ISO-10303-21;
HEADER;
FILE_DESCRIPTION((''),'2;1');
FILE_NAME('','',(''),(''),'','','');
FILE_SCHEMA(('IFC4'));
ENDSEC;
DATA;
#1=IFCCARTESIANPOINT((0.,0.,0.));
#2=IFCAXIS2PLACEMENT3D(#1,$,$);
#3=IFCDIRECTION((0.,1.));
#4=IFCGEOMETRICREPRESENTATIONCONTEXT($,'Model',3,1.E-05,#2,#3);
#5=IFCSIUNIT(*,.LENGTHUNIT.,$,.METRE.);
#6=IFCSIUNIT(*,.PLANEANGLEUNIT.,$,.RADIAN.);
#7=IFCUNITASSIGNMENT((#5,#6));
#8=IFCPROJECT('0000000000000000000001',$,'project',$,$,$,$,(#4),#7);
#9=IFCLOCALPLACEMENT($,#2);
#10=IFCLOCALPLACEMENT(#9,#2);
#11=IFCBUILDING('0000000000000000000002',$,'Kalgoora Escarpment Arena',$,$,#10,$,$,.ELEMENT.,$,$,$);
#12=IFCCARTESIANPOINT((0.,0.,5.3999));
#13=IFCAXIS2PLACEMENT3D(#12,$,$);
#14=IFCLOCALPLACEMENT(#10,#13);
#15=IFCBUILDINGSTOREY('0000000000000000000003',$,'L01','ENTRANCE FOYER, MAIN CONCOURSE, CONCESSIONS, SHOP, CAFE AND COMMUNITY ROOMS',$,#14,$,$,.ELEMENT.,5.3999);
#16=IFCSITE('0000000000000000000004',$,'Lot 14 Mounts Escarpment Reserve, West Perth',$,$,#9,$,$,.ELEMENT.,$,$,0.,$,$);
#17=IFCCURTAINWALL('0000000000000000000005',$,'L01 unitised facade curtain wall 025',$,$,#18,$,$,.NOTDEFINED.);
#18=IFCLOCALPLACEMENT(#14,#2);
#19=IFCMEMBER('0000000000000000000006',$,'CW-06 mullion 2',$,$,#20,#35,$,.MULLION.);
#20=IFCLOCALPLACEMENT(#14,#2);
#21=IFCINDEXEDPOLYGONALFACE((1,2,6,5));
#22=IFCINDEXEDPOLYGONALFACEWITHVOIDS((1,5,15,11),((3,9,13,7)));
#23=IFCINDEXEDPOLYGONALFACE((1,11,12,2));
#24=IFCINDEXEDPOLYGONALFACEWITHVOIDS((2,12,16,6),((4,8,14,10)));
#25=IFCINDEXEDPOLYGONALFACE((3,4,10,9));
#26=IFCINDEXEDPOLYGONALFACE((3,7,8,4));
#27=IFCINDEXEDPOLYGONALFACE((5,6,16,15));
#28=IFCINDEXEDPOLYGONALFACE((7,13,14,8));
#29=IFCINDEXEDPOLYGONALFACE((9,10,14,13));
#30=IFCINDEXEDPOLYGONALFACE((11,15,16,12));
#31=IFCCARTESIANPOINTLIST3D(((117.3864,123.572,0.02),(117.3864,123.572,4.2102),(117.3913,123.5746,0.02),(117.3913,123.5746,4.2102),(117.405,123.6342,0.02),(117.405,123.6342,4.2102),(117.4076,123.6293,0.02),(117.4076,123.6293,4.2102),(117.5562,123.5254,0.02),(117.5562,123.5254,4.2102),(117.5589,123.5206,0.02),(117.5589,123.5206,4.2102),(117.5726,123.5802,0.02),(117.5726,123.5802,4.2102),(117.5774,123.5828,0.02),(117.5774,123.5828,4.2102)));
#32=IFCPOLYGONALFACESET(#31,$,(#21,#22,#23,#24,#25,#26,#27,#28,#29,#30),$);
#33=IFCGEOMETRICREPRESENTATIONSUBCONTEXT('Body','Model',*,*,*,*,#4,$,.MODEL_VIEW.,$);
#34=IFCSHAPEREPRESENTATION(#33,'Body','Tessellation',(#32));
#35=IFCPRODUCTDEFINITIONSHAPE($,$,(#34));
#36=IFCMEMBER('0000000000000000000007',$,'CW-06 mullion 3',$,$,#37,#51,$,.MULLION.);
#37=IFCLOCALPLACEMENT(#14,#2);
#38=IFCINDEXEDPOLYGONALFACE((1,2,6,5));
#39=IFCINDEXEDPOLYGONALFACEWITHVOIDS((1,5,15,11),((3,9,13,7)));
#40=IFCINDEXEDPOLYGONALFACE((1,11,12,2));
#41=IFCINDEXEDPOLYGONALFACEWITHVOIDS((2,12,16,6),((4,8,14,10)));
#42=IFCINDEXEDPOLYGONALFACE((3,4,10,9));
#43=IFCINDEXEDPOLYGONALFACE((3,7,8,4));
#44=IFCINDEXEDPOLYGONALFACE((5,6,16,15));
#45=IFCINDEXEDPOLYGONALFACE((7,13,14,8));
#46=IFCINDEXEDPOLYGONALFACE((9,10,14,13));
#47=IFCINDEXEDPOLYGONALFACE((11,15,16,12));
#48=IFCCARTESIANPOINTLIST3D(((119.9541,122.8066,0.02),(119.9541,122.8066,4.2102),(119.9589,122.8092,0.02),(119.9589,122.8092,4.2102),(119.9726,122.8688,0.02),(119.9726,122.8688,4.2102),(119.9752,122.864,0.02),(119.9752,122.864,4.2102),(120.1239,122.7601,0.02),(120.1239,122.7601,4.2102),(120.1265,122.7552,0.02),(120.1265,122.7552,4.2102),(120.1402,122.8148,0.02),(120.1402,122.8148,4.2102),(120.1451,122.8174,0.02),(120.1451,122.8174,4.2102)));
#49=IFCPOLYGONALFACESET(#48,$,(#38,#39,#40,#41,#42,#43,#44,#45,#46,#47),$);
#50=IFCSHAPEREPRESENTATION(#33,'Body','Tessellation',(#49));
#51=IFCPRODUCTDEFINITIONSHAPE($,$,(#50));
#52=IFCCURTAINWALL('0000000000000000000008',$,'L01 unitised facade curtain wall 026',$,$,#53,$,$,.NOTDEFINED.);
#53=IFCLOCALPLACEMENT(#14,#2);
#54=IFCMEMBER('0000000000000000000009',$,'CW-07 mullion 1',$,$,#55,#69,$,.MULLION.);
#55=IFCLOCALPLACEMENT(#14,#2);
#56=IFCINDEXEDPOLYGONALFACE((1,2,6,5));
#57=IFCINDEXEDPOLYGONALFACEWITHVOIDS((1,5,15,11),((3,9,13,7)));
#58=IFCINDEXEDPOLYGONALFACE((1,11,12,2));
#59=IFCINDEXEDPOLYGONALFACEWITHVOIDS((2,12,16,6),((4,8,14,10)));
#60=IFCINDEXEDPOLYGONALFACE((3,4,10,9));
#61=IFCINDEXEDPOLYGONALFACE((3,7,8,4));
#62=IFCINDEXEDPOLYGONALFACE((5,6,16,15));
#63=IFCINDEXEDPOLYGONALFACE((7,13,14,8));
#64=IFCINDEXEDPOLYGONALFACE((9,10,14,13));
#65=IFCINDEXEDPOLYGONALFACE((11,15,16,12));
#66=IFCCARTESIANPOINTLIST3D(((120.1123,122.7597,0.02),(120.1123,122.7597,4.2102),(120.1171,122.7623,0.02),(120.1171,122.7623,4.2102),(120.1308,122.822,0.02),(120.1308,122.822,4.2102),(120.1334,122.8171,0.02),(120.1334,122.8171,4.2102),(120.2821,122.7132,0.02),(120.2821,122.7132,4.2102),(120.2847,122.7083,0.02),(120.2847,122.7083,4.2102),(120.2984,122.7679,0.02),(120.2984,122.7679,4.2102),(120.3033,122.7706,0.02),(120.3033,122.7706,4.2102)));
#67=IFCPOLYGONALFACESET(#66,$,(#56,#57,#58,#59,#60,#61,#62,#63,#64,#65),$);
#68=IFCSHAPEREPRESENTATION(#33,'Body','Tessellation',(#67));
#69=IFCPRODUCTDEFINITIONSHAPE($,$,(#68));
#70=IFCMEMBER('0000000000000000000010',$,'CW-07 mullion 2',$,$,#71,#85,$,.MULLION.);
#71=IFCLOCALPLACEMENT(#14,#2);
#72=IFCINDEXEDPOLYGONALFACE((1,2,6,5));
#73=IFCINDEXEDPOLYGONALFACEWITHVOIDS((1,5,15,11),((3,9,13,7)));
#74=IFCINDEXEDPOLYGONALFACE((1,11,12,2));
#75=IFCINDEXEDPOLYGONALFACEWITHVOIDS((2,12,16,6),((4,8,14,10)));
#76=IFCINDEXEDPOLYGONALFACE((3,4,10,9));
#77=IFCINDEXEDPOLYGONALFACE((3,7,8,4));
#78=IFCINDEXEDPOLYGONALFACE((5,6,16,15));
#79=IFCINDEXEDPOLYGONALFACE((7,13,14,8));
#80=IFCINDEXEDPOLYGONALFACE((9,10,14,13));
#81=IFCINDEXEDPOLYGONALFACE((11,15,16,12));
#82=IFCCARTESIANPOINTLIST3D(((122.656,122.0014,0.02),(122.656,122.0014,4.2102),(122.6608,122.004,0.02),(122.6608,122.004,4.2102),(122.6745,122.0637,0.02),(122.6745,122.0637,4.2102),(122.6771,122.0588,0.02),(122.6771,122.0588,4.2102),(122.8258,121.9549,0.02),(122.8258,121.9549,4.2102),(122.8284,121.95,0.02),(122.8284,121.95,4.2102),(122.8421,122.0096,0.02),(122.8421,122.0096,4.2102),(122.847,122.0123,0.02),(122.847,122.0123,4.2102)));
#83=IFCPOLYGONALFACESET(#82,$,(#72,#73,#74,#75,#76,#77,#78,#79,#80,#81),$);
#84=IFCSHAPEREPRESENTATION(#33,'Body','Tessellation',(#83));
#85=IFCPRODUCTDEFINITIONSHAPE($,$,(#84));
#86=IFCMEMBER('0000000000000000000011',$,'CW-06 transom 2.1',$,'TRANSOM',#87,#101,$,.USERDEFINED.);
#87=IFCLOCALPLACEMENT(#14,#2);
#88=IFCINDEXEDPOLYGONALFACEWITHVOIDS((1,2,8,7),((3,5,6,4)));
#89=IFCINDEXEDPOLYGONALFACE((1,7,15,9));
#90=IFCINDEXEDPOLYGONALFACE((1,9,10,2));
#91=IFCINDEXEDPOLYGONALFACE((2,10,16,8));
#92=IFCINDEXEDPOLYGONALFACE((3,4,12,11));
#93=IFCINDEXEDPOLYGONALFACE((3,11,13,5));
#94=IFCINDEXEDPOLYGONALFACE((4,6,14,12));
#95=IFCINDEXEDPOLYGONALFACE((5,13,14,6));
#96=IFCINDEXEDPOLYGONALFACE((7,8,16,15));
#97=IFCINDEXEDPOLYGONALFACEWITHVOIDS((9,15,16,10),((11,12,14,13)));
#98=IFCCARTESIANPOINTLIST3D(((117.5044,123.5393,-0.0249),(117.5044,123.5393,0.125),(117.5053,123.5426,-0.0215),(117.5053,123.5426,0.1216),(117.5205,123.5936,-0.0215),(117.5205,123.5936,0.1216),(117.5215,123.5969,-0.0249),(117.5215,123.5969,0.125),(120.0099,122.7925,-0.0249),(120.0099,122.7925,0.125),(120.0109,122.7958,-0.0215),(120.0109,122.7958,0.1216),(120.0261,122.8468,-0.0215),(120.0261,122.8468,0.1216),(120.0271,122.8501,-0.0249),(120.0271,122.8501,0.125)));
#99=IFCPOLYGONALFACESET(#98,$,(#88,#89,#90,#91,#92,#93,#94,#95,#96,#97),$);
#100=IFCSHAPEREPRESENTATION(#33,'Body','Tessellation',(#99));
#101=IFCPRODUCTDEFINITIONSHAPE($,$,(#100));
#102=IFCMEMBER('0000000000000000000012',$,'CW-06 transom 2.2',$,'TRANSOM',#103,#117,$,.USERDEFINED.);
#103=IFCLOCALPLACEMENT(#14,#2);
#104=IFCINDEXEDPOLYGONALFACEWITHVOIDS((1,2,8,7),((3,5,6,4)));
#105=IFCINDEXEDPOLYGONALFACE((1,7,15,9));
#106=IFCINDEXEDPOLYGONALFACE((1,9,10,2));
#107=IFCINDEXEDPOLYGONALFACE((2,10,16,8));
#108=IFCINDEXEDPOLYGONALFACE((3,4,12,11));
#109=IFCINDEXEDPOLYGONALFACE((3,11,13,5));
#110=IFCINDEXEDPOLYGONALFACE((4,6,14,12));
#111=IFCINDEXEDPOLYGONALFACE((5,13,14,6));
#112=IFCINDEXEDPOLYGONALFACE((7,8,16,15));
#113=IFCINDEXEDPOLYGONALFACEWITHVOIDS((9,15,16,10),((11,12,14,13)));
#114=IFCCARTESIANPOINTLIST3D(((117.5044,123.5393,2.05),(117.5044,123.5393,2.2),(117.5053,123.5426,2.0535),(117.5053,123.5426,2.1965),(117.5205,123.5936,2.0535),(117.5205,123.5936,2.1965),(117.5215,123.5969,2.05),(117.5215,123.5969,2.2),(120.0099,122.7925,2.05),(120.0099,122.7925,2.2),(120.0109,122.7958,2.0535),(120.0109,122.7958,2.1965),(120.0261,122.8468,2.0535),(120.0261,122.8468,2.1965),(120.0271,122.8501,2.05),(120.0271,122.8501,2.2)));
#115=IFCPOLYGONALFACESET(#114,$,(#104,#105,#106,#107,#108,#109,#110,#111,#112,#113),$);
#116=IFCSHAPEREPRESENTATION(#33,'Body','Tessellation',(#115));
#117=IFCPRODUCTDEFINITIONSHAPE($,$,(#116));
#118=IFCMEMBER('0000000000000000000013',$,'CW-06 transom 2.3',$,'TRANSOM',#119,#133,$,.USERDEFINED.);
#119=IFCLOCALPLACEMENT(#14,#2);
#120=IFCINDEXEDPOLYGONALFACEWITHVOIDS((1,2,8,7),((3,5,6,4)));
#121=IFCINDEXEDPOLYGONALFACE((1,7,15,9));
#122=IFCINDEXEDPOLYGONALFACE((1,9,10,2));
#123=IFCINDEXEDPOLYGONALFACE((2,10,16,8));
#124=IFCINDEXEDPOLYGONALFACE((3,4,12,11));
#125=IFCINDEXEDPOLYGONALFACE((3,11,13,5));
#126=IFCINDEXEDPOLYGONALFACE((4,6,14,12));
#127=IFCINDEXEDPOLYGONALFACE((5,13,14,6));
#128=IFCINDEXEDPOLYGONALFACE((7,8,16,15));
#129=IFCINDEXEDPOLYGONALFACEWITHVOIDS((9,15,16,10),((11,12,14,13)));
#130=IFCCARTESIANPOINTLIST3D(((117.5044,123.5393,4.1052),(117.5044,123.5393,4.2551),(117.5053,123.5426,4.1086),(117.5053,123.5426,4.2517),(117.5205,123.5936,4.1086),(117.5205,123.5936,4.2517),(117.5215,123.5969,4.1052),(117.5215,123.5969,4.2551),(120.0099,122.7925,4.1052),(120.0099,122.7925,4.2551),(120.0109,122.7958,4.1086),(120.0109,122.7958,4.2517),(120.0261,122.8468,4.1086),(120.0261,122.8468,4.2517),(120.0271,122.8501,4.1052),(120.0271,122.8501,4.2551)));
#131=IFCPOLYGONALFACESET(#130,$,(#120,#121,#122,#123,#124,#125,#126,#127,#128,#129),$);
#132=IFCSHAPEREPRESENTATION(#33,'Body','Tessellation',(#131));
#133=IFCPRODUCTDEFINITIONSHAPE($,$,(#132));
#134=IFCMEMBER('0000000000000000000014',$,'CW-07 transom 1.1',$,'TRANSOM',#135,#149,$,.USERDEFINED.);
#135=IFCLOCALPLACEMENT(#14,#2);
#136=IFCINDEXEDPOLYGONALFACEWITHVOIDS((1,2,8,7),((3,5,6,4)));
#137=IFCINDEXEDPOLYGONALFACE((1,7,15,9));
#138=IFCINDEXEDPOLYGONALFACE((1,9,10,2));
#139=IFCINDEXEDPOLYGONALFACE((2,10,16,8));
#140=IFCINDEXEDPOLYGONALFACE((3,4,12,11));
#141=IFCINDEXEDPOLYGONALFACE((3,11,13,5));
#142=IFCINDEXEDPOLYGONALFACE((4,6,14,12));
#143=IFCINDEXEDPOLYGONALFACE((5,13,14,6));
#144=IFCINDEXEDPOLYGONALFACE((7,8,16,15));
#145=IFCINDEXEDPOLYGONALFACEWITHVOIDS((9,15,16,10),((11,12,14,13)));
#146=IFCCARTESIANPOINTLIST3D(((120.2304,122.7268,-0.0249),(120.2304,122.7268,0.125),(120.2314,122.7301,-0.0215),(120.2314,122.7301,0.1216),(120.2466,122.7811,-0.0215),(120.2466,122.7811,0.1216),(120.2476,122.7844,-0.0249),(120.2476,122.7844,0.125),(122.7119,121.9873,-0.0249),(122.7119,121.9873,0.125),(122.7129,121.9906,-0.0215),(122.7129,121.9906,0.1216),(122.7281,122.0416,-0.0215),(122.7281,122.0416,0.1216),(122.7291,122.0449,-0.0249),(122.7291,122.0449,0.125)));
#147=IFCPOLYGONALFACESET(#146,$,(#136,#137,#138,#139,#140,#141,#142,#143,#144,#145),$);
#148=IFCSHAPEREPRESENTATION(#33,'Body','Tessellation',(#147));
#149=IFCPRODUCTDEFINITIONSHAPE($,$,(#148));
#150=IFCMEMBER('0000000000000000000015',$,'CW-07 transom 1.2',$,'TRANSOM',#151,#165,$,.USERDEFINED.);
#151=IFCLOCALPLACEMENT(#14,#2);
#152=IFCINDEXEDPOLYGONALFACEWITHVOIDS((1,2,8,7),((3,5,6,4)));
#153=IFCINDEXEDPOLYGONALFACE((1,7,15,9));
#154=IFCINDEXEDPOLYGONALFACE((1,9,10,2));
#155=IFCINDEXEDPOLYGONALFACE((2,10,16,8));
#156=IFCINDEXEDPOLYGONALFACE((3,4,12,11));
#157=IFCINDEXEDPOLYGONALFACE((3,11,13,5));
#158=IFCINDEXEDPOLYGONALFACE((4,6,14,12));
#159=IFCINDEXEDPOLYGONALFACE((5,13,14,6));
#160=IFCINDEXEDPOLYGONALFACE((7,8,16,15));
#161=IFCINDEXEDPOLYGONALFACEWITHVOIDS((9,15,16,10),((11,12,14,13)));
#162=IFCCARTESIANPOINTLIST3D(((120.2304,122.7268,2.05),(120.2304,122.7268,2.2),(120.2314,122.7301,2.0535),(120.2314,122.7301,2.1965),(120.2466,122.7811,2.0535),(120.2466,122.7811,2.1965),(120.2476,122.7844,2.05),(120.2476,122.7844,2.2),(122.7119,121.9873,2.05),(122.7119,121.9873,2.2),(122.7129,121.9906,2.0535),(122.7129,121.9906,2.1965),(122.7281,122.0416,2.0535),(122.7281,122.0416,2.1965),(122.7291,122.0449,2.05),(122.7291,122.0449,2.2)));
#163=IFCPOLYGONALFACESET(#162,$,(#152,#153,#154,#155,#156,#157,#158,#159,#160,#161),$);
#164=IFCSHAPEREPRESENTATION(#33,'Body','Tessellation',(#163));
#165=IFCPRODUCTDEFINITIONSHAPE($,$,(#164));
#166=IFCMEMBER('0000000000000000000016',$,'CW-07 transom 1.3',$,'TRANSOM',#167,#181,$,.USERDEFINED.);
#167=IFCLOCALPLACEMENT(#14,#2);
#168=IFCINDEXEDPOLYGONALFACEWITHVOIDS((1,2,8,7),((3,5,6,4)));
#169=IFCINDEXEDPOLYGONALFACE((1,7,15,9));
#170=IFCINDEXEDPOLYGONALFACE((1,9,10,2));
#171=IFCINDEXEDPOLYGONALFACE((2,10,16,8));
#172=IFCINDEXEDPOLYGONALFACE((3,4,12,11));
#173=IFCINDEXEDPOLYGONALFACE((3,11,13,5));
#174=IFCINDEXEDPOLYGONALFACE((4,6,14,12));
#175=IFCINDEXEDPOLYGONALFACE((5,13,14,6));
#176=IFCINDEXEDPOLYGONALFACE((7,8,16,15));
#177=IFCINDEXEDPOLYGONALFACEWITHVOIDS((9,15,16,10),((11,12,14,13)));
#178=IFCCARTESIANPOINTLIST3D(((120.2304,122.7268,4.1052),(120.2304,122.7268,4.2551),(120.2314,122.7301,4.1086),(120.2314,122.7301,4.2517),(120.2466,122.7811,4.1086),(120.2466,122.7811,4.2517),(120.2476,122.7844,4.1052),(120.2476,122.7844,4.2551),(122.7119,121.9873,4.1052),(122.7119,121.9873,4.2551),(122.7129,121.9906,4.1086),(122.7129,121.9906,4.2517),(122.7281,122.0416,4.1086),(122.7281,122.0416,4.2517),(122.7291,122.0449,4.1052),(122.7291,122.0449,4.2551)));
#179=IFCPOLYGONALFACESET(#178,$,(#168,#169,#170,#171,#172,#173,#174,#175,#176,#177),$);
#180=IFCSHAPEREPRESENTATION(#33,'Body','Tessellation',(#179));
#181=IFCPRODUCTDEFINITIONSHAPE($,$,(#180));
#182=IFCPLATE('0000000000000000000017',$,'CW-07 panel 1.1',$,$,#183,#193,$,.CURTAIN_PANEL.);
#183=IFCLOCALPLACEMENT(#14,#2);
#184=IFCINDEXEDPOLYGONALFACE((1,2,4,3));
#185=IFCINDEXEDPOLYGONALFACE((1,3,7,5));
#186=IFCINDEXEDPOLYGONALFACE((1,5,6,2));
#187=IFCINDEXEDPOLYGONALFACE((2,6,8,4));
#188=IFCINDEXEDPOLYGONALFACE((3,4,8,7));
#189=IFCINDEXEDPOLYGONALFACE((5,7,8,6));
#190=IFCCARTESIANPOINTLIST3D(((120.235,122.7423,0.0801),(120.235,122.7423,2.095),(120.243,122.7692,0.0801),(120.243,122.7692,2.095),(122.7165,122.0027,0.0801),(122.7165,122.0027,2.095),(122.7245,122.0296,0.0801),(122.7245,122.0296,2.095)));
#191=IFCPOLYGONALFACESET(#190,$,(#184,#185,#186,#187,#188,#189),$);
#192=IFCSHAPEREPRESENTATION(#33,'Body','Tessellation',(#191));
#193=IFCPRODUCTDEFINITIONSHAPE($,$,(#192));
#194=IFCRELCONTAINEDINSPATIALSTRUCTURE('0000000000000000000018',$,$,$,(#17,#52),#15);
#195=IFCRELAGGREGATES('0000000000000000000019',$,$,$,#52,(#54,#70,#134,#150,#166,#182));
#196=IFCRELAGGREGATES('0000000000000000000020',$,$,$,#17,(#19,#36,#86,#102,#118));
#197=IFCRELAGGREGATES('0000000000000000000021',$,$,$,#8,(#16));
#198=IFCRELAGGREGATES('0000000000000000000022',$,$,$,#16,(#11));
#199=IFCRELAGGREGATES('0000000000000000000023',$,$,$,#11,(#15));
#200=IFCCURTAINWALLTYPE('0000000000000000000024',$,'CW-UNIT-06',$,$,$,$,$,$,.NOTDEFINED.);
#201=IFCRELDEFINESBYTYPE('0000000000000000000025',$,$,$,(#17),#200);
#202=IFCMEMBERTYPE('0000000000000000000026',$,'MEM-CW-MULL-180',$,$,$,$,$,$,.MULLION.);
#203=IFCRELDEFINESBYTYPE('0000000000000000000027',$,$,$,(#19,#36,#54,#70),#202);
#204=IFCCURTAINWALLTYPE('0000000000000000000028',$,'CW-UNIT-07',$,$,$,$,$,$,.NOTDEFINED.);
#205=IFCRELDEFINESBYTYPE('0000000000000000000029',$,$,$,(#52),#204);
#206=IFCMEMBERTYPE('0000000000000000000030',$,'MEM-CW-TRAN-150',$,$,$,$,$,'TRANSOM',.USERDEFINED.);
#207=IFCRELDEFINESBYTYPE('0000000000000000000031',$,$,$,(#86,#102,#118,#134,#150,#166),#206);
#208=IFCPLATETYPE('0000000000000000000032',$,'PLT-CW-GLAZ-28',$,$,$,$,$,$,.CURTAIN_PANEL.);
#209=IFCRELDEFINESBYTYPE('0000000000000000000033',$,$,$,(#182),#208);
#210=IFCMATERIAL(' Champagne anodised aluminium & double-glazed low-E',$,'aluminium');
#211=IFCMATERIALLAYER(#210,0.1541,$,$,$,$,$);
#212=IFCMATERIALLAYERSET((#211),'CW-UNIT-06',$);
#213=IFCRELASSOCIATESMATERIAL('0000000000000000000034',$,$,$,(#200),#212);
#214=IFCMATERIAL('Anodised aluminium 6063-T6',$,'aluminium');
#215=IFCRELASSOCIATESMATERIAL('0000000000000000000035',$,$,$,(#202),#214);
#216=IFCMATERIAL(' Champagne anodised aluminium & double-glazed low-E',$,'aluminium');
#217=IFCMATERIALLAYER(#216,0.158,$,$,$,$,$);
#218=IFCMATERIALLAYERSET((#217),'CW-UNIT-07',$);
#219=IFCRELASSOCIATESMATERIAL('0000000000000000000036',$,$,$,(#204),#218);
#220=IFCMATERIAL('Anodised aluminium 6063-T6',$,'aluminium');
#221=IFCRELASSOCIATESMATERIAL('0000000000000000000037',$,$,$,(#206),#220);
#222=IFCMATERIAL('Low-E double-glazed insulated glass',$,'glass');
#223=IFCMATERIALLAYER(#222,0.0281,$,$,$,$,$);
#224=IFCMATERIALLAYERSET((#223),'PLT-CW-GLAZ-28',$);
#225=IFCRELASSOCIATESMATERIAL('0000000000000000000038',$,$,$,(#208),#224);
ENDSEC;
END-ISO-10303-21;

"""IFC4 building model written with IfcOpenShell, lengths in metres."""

from ifc_helpers import new_model, si_unit, direction, frame, origin, origin_2d, place, context, subcontext, project, spatial, rectangle, hollow_rectangle, extrude, material, layer, layer_set, material_profile, profile_set, type_object, element, aggregate, save


model = new_model("IFC4")

# Units and contexts
model_context = context("Model", 3, precision=1e-05, world=origin(), true_north=direction((0.0, 1.0)))
body_context = subcontext(model_context, "Body", "Model", "MODEL_VIEW")
ifc_project = project(units=[si_unit("LENGTHUNIT", "METRE"), si_unit("PLANEANGLEUNIT", "RADIAN")], contexts=[model_context])

# Site, building, storey
site_placement = place(None, origin())
site = spatial("IfcSite", under=ifc_project, at=site_placement, Name="Lot 14 Mounts Escarpment Reserve, West Perth", CompositionType="ELEMENT", RefElevation=0.0)
building_placement = place(site_placement, origin())
building = spatial("IfcBuilding", under=site, at=building_placement, Name="Kalgoora Escarpment Arena", CompositionType="ELEMENT")
storey_placement = place(building_placement, frame((0.0, 0.0, 5.3999)))
storey = spatial("IfcBuildingStorey", under=building, at=storey_placement, Name="L01", Description="ENTRANCE FOYER, MAIN CONCOURSE, CONCESSIONS, SHOP, CAFE AND COMMUNITY ROOMS", CompositionType="ELEMENT", Elevation=5.3999)

# Curtain walls, members
ifc_material_1 = material(Name=" Champagne anodised aluminium & double-glazed low-E", Category="aluminium")
ifc_layer_1 = layer(ifc_material_1, 0.1541)
ifc_layer_set_1 = layer_set([ifc_layer_1], Name="CW-UNIT-06")
curtain_wall_type_1 = type_object("IfcCurtainWallType", Name="CW-UNIT-06", PredefinedType="NOTDEFINED", material=ifc_layer_set_1)
curtain_wall_1_placement = place(storey_placement, origin())
curtain_wall_1 = element("IfcCurtainWall", 1, at=curtain_wall_1_placement, inside=storey, type_object=curtain_wall_type_1, Name="L01 unitised facade curtain wall 025", PredefinedType="NOTDEFINED")
ifc_material_2 = material(Name="Anodised aluminium 6063-T6", Category="aluminium")
ifc_material_profile_1 = material_profile(ifc_material_2, hollow_rectangle(XDim=0.0649, YDim=0.1799, WallThickness=0.0039, at=origin_2d()))
ifc_profile_set_1 = profile_set([ifc_material_profile_1], Name="Anodised aluminium 6063-T6")
member_type_1 = type_object("IfcMemberType", Name="MEM-CW-MULL-180", PredefinedType="MULLION", material=ifc_profile_set_1)
member_1_placement = place(storey_placement, frame((117.4819, 123.5774, 0.02), z_axis=(0.0, 0.0, 1.0), x_axis=(0.285632, 0.958339, 0.0)))
member_1 = element("IfcMember", 2, at=member_1_placement, type_object=member_type_1, Name="CW-06 mullion 2", PredefinedType="MULLION", context=body_context, shape_type="SweptSolid", body=[
    extrude(hollow_rectangle(XDim=0.0649, YDim=0.1799, WallThickness=0.0039, at=origin_2d()), origin(), (0.0, 0.0, 1.0), 4.1902),
])
member_2_placement = place(storey_placement, frame((120.0496, 122.812, 0.02), z_axis=(0.0, 0.0, 1.0), x_axis=(0.285632, 0.958339, 0.0)))
member_2 = element("IfcMember", 3, at=member_2_placement, type_object=member_type_1, Name="CW-06 mullion 3", PredefinedType="MULLION", context=body_context, shape_type="SweptSolid", body=[
    extrude(hollow_rectangle(XDim=0.0649, YDim=0.1799, WallThickness=0.0039, at=origin_2d()), origin(), (0.0, 0.0, 1.0), 4.1902),
])
ifc_material_3 = material(Name=" Champagne anodised aluminium & double-glazed low-E", Category="aluminium")
ifc_layer_2 = layer(ifc_material_3, 0.158)
ifc_layer_set_2 = layer_set([ifc_layer_2], Name="CW-UNIT-07")
curtain_wall_type_2 = type_object("IfcCurtainWallType", Name="CW-UNIT-07", PredefinedType="NOTDEFINED", material=ifc_layer_set_2)
curtain_wall_2_placement = place(storey_placement, origin())
curtain_wall_2 = element("IfcCurtainWall", 4, at=curtain_wall_2_placement, inside=storey, type_object=curtain_wall_type_2, Name="L01 unitised facade curtain wall 026", PredefinedType="NOTDEFINED")
member_3_placement = place(storey_placement, frame((120.2078, 122.7651, 0.02), z_axis=(0.0, 0.0, 1.0), x_axis=(0.285628, 0.95834, 0.0)))
member_3 = element("IfcMember", 5, at=member_3_placement, type_object=member_type_1, Name="CW-07 mullion 1", PredefinedType="MULLION", context=body_context, shape_type="SweptSolid", body=[
    extrude(hollow_rectangle(XDim=0.0649, YDim=0.1799, WallThickness=0.0039, at=origin_2d()), origin(), (0.0, 0.0, 1.0), 4.1902),
])
member_4_placement = place(storey_placement, frame((122.7515, 122.0068, 0.02), z_axis=(0.0, 0.0, 1.0), x_axis=(0.285628, 0.95834, 0.0)))
member_4 = element("IfcMember", 6, at=member_4_placement, type_object=member_type_1, Name="CW-07 mullion 2", PredefinedType="MULLION", context=body_context, shape_type="SweptSolid", body=[
    extrude(hollow_rectangle(XDim=0.0649, YDim=0.1799, WallThickness=0.0039, at=origin_2d()), origin(), (0.0, 0.0, 1.0), 4.1902),
])

# Members
ifc_material_4 = material(Name="Anodised aluminium 6063-T6", Category="aluminium")
ifc_material_profile_2 = material_profile(ifc_material_4, hollow_rectangle(XDim=0.0601, YDim=0.1499, WallThickness=0.0034, at=origin_2d()))
ifc_profile_set_2 = profile_set([ifc_material_profile_2], Name="Anodised aluminium 6063-T6")
member_type_2 = type_object("IfcMemberType", Name="MEM-CW-TRAN-150", ElementType="TRANSOM", PredefinedType="USERDEFINED", material=ifc_profile_set_2)
member_5_placement = place(storey_placement, frame((117.5129, 123.5681, 0.05), z_axis=(0.958336, -0.285643, 0.0), x_axis=(0.285643, 0.958336, 0.0)))
member_5 = element("IfcMember", 7, at=member_5_placement, type_object=member_type_2, Name="CW-06 transom 2.1", ObjectType="TRANSOM", PredefinedType="USERDEFINED", context=body_context, shape_type="SweptSolid", body=[
    extrude(hollow_rectangle(XDim=0.0601, YDim=0.1499, WallThickness=0.0034, at=origin_2d()), origin(), (0.0, 0.0, 1.0), 2.6145),
])
member_6_placement = place(storey_placement, frame((117.5129, 123.5681, 2.125), z_axis=(0.958336, -0.285643, 0.0), x_axis=(0.285643, 0.958336, 0.0)))
member_6 = element("IfcMember", 8, at=member_6_placement, type_object=member_type_2, Name="CW-06 transom 2.2", ObjectType="TRANSOM", PredefinedType="USERDEFINED", context=body_context, shape_type="SweptSolid", body=[
    extrude(hollow_rectangle(XDim=0.0601, YDim=0.1499, WallThickness=0.0034, at=origin_2d()), origin(), (0.0, 0.0, 1.0), 2.6145),
])
member_7_placement = place(storey_placement, frame((117.5129, 123.5681, 4.1802), z_axis=(0.958336, -0.285643, 0.0), x_axis=(0.285643, 0.958336, 0.0)))
member_7 = element("IfcMember", 9, at=member_7_placement, type_object=member_type_2, Name="CW-06 transom 2.3", ObjectType="TRANSOM", PredefinedType="USERDEFINED", context=body_context, shape_type="SweptSolid", body=[
    extrude(hollow_rectangle(XDim=0.0601, YDim=0.1499, WallThickness=0.0034, at=origin_2d()), origin(), (0.0, 0.0, 1.0), 2.6145),
])
member_8_placement = place(storey_placement, frame((120.239, 122.7556, 0.05), z_axis=(0.958349, -0.2856, 0.0), x_axis=(0.2856, 0.958349, 0.0)))
member_8 = element("IfcMember", 10, at=member_8_placement, type_object=member_type_2, Name="CW-07 transom 1.1", ObjectType="TRANSOM", PredefinedType="USERDEFINED", context=body_context, shape_type="SweptSolid", body=[
    extrude(hollow_rectangle(XDim=0.0601, YDim=0.1499, WallThickness=0.0034, at=origin_2d()), origin(), (0.0, 0.0, 1.0), 2.5894),
])
member_9_placement = place(storey_placement, frame((120.239, 122.7556, 2.125), z_axis=(0.958349, -0.2856, 0.0), x_axis=(0.2856, 0.958349, 0.0)))
member_9 = element("IfcMember", 11, at=member_9_placement, type_object=member_type_2, Name="CW-07 transom 1.2", ObjectType="TRANSOM", PredefinedType="USERDEFINED", context=body_context, shape_type="SweptSolid", body=[
    extrude(hollow_rectangle(XDim=0.0601, YDim=0.1499, WallThickness=0.0034, at=origin_2d()), origin(), (0.0, 0.0, 1.0), 2.5894),
])
member_10_placement = place(storey_placement, frame((120.239, 122.7556, 4.1802), z_axis=(0.958349, -0.2856, 0.0), x_axis=(0.2856, 0.958349, 0.0)))
member_10 = element("IfcMember", 12, at=member_10_placement, type_object=member_type_2, Name="CW-07 transom 1.3", ObjectType="TRANSOM", PredefinedType="USERDEFINED", context=body_context, shape_type="SweptSolid", body=[
    extrude(hollow_rectangle(XDim=0.0601, YDim=0.1499, WallThickness=0.0034, at=origin_2d()), origin(), (0.0, 0.0, 1.0), 2.5894),
])

# Plate
ifc_material_5 = material(Name="Low-E double-glazed insulated glass", Category="glass")
ifc_layer_3 = layer(ifc_material_5, 0.0281)
ifc_layer_set_3 = layer_set([ifc_layer_3], Name="PLT-CW-GLAZ-28")
plate_type_1 = type_object("IfcPlateType", Name="PLT-CW-GLAZ-28", PredefinedType="CURTAIN_PANEL", material=ifc_layer_set_3)
plate_1_placement = place(storey_placement, frame((121.4797, 122.386, 0.0801), z_axis=(0.0, 0.0, 1.0), x_axis=(0.95834, -0.285628, 0.0)))
plate_1 = element("IfcPlate", 13, at=plate_1_placement, type_object=plate_type_1, Name="CW-07 panel 1.1", PredefinedType="CURTAIN_PANEL", context=body_context, shape_type="SweptSolid", body=[
    extrude(rectangle(XDim=2.5894, YDim=0.0281, at=origin_2d()), origin(), (0.0, 0.0, 1.0), 2.0149),
])
aggregate(curtain_wall_2, [member_3, member_4, member_8, member_9, member_10, plate_1])
aggregate(curtain_wall_1, [member_1, member_2, member_5, member_6, member_7])

save(model, "model.ifc")
